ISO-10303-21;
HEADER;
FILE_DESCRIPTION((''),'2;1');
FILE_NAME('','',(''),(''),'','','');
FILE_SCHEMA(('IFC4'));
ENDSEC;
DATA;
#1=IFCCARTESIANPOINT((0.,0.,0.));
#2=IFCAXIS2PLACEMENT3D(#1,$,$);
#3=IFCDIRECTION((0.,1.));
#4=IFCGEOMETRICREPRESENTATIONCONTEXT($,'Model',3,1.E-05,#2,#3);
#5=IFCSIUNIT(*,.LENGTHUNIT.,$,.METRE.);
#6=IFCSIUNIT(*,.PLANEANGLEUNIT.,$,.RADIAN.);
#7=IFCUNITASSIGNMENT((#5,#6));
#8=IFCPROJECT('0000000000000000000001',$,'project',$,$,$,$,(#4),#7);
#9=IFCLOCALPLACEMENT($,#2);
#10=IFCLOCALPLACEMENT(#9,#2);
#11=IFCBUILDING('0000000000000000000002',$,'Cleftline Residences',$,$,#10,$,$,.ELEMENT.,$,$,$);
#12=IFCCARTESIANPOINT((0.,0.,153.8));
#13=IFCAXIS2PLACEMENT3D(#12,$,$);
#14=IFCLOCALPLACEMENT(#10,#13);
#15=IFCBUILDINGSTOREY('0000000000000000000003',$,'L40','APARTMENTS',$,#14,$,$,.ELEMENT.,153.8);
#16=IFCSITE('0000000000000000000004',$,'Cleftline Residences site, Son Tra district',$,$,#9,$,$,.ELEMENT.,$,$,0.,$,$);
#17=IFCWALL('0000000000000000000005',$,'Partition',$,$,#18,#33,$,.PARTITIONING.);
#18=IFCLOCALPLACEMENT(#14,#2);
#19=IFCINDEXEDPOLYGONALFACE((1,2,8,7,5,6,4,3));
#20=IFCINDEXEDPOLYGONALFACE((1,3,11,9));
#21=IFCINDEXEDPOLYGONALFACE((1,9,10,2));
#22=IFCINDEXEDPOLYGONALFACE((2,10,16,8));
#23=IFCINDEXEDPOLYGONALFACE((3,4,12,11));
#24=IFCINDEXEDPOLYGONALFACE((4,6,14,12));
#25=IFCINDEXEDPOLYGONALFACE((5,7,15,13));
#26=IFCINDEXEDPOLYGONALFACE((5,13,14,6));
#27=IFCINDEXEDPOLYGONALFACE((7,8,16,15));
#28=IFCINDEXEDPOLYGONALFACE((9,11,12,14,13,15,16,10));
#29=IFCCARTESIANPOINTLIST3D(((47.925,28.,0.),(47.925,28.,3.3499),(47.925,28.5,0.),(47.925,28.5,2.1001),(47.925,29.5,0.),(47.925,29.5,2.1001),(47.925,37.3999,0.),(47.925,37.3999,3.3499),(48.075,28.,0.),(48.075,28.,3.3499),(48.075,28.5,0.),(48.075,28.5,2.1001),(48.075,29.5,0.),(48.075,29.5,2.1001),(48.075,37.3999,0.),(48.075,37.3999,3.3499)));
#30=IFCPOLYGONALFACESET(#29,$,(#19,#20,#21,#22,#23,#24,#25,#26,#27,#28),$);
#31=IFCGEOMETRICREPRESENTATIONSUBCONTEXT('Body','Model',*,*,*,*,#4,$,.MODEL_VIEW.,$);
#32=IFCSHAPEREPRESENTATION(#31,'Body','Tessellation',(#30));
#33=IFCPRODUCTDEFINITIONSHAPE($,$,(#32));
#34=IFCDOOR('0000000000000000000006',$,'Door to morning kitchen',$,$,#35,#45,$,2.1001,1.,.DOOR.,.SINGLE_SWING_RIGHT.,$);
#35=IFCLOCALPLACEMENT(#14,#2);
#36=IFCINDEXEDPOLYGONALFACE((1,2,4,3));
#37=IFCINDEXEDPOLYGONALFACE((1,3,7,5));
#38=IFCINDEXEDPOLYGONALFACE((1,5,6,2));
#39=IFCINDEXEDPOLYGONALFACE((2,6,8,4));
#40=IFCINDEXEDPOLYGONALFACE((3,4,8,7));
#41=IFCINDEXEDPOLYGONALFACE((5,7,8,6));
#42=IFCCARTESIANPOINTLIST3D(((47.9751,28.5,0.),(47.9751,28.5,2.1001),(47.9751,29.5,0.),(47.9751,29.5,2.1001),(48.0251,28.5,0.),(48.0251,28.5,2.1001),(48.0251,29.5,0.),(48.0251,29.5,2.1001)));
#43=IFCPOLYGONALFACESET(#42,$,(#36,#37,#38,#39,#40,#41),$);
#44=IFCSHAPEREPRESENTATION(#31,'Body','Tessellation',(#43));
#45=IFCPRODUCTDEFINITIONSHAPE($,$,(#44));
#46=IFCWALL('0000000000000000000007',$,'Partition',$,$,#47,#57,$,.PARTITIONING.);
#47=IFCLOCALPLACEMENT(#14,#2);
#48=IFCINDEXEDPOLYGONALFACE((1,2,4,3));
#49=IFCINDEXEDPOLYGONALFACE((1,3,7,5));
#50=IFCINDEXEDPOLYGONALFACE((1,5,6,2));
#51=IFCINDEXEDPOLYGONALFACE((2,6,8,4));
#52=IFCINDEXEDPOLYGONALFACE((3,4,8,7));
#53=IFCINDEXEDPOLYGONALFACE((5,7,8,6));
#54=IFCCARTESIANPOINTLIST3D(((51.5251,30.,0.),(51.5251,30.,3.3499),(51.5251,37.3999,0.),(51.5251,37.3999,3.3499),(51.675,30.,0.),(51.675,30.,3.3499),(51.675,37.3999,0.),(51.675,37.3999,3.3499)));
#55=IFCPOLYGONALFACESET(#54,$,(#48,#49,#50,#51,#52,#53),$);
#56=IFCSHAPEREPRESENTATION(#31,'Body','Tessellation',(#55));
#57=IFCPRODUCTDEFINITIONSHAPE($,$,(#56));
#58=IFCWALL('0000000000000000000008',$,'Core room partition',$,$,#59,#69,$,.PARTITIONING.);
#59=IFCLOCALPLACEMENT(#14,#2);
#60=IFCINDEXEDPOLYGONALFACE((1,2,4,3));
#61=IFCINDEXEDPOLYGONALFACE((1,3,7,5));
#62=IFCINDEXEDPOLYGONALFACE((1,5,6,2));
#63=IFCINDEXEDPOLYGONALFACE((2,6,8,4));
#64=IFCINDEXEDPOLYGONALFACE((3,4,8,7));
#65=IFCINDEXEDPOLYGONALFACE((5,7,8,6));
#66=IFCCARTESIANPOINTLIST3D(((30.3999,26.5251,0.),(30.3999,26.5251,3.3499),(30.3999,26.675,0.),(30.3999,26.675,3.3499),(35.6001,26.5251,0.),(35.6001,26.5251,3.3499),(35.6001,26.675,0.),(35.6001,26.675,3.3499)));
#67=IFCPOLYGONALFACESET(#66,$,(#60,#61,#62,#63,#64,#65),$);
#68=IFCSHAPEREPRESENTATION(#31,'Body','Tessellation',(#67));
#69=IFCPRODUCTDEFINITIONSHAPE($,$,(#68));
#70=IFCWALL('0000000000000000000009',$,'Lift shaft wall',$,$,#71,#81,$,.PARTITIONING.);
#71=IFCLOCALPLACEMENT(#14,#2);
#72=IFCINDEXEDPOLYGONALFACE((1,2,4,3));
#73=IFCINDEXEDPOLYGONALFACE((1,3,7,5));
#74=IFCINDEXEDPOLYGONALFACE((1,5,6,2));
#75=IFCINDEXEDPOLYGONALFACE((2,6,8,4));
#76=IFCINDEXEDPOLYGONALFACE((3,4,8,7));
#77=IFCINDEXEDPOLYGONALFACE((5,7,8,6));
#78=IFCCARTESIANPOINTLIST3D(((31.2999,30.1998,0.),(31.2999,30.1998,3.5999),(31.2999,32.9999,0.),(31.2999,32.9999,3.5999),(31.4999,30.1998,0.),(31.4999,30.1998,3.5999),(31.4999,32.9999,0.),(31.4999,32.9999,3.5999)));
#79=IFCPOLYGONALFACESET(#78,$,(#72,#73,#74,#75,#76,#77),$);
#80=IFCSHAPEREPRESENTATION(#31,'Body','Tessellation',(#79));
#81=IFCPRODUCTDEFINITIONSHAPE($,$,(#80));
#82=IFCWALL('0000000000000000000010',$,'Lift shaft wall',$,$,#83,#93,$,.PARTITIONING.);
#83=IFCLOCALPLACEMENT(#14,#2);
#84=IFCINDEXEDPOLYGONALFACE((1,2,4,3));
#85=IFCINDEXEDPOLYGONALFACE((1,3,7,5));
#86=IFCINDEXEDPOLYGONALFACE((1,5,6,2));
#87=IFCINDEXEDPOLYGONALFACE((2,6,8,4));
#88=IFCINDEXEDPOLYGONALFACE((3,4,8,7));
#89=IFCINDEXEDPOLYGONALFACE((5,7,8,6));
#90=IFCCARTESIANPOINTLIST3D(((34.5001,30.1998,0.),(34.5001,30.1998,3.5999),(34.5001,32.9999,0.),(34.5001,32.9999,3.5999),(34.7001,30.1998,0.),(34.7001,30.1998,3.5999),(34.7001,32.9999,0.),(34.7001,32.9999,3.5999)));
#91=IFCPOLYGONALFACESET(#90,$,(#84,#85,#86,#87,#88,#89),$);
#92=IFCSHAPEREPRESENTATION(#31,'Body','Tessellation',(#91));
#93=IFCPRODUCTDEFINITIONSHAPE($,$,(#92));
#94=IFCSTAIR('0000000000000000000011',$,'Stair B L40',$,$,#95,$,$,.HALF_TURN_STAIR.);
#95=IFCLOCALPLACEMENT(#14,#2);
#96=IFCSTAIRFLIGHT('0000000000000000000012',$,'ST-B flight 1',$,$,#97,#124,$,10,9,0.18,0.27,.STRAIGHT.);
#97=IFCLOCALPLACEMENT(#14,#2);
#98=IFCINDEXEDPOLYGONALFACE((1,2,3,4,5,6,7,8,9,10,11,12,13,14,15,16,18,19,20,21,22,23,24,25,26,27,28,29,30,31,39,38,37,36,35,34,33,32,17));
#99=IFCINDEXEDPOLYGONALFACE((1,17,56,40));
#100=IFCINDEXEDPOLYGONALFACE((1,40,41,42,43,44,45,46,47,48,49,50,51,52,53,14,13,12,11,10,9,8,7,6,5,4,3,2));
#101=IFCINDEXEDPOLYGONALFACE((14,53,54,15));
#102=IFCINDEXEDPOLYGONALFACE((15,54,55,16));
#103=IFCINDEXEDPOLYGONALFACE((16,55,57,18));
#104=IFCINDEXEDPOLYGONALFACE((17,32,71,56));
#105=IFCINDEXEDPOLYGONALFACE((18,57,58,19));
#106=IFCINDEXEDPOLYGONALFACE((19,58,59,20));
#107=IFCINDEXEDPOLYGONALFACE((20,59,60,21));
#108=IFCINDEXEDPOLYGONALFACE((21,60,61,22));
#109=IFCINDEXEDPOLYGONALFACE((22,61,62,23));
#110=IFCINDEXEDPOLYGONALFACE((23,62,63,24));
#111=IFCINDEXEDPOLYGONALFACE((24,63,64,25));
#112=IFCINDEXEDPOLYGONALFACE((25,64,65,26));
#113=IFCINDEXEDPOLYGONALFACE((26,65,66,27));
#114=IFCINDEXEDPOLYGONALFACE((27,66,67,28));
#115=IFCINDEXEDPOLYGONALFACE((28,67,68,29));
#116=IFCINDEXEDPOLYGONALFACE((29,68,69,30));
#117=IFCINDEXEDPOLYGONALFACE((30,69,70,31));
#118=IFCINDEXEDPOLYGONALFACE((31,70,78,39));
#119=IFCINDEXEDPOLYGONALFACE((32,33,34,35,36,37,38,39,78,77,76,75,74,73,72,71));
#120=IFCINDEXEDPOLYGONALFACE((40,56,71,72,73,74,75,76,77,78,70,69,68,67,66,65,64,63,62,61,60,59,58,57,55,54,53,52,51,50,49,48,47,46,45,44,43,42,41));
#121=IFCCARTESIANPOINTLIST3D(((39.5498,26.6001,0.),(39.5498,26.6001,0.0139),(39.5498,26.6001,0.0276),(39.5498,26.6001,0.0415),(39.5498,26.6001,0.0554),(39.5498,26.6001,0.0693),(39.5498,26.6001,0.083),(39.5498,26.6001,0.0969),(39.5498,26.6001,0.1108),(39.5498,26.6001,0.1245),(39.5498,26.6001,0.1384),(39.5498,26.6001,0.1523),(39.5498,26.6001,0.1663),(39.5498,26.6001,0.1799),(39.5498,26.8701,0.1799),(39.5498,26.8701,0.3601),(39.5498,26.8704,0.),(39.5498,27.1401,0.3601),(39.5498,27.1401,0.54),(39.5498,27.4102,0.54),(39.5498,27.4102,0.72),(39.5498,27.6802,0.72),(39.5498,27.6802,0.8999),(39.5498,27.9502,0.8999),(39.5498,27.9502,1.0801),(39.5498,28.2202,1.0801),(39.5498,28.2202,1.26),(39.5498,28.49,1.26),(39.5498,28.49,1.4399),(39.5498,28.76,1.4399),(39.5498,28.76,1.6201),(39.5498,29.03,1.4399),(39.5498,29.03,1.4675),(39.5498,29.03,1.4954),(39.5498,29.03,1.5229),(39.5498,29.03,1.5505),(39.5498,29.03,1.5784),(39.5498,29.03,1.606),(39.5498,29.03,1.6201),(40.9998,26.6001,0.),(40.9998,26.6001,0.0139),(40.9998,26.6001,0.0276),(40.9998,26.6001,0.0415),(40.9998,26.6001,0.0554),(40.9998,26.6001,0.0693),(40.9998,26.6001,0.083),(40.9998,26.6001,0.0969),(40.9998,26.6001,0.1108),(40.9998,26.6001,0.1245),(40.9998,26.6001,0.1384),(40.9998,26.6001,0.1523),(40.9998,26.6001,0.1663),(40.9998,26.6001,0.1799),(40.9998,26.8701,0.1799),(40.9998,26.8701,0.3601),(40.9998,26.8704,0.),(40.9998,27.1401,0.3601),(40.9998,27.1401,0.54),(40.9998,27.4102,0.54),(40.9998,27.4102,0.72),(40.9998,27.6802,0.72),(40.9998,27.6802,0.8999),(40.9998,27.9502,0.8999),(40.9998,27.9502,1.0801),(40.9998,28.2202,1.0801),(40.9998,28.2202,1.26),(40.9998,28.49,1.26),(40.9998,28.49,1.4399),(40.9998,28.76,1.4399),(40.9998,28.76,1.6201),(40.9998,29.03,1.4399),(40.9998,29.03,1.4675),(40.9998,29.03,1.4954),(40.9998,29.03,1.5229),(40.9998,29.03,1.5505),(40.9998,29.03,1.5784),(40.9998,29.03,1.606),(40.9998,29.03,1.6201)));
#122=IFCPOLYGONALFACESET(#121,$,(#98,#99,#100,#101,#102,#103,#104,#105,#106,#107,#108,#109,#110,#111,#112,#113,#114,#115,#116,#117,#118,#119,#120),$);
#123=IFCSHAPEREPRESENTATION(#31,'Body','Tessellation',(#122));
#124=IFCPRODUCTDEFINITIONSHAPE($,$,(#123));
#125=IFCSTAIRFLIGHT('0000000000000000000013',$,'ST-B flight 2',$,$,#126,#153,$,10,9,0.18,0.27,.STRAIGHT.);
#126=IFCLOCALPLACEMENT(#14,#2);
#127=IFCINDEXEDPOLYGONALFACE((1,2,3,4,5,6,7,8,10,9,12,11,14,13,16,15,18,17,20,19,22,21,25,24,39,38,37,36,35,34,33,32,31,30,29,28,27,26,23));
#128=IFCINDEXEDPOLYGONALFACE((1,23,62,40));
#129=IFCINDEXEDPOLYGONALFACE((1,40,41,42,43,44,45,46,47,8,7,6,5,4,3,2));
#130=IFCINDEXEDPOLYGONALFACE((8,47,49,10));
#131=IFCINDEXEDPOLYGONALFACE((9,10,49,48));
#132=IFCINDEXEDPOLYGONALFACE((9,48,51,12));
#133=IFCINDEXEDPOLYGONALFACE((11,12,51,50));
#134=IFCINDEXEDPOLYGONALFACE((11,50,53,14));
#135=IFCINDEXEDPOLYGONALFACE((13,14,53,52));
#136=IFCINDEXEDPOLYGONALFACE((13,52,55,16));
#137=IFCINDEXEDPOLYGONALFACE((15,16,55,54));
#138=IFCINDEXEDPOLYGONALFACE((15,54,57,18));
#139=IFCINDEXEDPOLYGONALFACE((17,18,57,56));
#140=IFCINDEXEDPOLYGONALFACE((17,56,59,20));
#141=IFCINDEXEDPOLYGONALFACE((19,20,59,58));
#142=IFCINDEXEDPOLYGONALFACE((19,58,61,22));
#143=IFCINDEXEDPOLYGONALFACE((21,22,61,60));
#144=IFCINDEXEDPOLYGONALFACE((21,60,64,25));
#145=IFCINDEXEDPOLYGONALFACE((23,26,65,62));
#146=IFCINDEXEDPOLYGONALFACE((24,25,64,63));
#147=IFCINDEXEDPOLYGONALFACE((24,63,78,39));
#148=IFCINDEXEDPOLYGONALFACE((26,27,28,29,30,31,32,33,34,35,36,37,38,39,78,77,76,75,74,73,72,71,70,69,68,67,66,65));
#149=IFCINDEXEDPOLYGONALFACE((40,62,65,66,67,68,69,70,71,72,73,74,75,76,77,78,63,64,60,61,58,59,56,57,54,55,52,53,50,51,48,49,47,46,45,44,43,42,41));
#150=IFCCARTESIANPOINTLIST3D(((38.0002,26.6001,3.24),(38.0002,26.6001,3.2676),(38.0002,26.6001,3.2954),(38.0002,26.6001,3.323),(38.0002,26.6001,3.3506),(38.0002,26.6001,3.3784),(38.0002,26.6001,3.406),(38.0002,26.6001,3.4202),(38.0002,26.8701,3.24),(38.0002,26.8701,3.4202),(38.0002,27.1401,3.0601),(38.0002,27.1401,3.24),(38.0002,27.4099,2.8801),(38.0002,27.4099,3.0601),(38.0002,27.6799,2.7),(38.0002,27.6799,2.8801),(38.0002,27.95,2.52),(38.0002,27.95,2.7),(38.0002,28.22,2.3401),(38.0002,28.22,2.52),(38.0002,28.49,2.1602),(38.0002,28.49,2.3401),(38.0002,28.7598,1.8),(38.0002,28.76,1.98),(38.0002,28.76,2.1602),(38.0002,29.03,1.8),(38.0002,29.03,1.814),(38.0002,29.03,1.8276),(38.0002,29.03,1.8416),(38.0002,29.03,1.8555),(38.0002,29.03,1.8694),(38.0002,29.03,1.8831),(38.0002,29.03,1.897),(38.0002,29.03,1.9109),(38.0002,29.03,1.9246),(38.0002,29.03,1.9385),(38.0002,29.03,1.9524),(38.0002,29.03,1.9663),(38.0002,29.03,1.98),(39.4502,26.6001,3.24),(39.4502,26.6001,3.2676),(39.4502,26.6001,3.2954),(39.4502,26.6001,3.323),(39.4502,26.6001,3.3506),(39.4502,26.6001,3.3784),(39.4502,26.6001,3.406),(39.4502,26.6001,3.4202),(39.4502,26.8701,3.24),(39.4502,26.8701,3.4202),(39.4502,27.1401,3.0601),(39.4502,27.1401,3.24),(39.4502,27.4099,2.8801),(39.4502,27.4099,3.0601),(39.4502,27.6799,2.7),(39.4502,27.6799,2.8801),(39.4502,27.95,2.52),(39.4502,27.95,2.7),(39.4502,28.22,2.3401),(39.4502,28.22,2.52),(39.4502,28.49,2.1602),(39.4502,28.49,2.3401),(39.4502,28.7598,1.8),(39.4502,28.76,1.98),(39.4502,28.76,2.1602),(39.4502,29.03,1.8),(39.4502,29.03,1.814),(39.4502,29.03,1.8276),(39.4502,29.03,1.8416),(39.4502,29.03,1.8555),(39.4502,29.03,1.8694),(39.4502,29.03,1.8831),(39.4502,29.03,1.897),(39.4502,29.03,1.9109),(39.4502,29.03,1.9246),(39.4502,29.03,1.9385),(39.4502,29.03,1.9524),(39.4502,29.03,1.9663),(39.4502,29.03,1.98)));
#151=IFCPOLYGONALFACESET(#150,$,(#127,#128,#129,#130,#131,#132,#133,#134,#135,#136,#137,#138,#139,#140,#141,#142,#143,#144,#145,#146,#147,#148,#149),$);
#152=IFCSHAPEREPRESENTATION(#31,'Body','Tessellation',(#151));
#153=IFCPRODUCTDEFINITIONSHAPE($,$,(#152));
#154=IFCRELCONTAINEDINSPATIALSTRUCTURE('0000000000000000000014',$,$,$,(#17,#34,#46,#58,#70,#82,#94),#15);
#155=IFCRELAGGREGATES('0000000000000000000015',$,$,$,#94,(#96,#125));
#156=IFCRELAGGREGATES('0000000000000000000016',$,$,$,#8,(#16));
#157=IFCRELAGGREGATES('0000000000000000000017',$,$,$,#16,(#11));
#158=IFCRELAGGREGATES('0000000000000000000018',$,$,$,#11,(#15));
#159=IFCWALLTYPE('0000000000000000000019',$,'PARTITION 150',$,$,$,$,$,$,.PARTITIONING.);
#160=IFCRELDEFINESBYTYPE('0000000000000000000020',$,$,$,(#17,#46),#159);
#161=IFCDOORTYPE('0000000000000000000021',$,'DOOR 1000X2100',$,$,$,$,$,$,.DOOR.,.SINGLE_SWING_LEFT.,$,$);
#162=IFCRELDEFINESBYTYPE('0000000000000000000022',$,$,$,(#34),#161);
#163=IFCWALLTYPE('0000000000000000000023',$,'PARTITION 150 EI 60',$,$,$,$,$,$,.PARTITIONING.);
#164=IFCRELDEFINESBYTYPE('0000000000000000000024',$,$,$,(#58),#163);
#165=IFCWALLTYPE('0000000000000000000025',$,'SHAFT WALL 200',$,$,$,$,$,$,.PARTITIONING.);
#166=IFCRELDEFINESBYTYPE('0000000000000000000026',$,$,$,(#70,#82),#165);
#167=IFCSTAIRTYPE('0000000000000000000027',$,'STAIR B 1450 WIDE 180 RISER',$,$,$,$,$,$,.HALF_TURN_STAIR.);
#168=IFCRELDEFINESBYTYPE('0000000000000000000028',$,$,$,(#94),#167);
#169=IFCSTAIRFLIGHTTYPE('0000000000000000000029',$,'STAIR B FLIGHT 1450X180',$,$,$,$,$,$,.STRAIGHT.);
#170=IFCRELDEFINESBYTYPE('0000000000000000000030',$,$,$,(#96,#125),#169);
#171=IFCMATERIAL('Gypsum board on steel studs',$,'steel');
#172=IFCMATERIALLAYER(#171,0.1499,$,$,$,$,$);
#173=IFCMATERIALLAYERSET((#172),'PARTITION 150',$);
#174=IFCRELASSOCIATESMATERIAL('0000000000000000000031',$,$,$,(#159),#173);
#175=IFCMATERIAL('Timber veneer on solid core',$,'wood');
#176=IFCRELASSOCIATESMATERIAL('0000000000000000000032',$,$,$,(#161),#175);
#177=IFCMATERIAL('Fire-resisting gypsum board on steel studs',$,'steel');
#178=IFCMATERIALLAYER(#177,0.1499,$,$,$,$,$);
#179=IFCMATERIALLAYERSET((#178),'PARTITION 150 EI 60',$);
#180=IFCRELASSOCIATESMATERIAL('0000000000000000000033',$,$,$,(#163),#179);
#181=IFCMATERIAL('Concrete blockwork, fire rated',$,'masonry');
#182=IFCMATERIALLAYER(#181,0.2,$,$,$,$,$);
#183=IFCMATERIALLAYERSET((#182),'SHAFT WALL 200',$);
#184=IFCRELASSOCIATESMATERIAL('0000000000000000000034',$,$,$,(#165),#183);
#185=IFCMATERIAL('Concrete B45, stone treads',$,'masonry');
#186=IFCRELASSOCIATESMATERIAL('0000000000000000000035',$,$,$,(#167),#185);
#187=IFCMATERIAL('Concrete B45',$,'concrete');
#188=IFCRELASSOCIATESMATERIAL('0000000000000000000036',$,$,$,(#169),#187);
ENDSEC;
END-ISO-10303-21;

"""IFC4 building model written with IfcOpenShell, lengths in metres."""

from ifc_helpers import new_model, si_unit, direction, frame, frame_2d, origin, place, context, subcontext, project, spatial, polyline, rectangle, outline, extrude, material, layer, layer_set, type_object, element, fill, aggregate, save


model = new_model("IFC4")

# Units and contexts
model_context = context("Model", 3, precision=1e-05, world=origin(), true_north=direction((0.0, 1.0)))
body_context = subcontext(model_context, "Body", "Model", "MODEL_VIEW")
ifc_project = project(units=[si_unit("LENGTHUNIT", "METRE"), si_unit("PLANEANGLEUNIT", "RADIAN")], contexts=[model_context])

# Site, building, storey
site_placement = place(None, origin())
site = spatial("IfcSite", under=ifc_project, at=site_placement, Name="Cleftline Residences site, Son Tra district", CompositionType="ELEMENT", RefElevation=0.0)
building_placement = place(site_placement, origin())
building = spatial("IfcBuilding", under=site, at=building_placement, Name="Cleftline Residences", CompositionType="ELEMENT")
storey_placement = place(building_placement, frame((0.0, 0.0, 153.8)))
storey = spatial("IfcBuildingStorey", under=building, at=storey_placement, Name="L40", Description="APARTMENTS", CompositionType="ELEMENT", Elevation=153.8)

# Shared definitions
ifc_material_1 = material(Name="Gypsum board on steel studs", Category="steel")
ifc_layer_1 = layer(ifc_material_1, 0.1499)
ifc_layer_set_1 = layer_set([ifc_layer_1], Name="PARTITION 150")
wall_type_1 = type_object("IfcWallType", Name="PARTITION 150", PredefinedType="PARTITIONING", material=ifc_layer_set_1)
ifc_material_2 = material(Name="Timber veneer on solid core", Category="wood")
door_type_1 = type_object("IfcDoorType", Name="DOOR 1000X2100", OperationType="SINGLE_SWING_LEFT", PredefinedType="DOOR", material=ifc_material_2)

# Wall, opening, door
wall_1_placement = place(storey_placement, frame((48.0, 28.0, 0.0), z_axis=(0.0, 0.0, 1.0), x_axis=(0.0, 1.0, 0.0)))
wall_1 = element("IfcWall", 1, at=wall_1_placement, inside=storey, type_object=wall_type_1, Name="Partition", PredefinedType="PARTITIONING", context=body_context, shape_type="SweptSolid", body=[
    extrude(rectangle(XDim=9.3999, YDim=0.1499, at=frame_2d((4.7, 0.0))), origin(), (0.0, 0.0, 1.0), 3.3499),
])
opening_1_placement = place(wall_1_placement, frame((0.5, 0.0, 0.0)))
opening_1 = element("IfcOpeningElement", 2, at=opening_1_placement, cuts=wall_1, PredefinedType="OPENING", context=body_context, shape_type="SweptSolid", body=[
    extrude(rectangle(XDim=1.0, YDim=2.1001, at=frame_2d((0.5, 1.05))), frame((0.0, 0.085, 0.0), z_axis=(0.0, -1.0, 0.0), x_axis=(1.0, 0.0, 0.0)), (0.0, 0.0, 1.0), 0.1699),
])
door_1_placement = place(opening_1_placement, origin())
door_1 = element("IfcDoor", 3, at=door_1_placement, inside=storey, type_object=door_type_1, Name="Door to morning kitchen", OperationType="SINGLE_SWING_RIGHT", OverallHeight=2.1001, OverallWidth=1.0, PredefinedType="DOOR", context=body_context, shape_type="SweptSolid", body=[
    extrude(rectangle(XDim=1.0, YDim=2.1001, at=frame_2d((0.5, 1.05))), frame((0.0, 0.0249, 0.0), z_axis=(0.0, -1.0, 0.0), x_axis=(1.0, 0.0, 0.0)), (0.0, 0.0, 1.0), 0.05),
])
fill(opening_1, door_1)

# Walls
wall_2_placement = place(storey_placement, frame((51.6001, 30.0, 0.0), z_axis=(0.0, 0.0, 1.0), x_axis=(0.0, 1.0, 0.0)))
element("IfcWall", 4, at=wall_2_placement, inside=storey, type_object=wall_type_1, Name="Partition", PredefinedType="PARTITIONING", context=body_context, shape_type="SweptSolid", body=[
    extrude(rectangle(XDim=7.3999, YDim=0.1499, at=frame_2d((3.7, 0.0))), origin(), (0.0, 0.0, 1.0), 3.3499),
])
ifc_material_3 = material(Name="Fire-resisting gypsum board on steel studs", Category="steel")
ifc_layer_2 = layer(ifc_material_3, 0.1499)
ifc_layer_set_2 = layer_set([ifc_layer_2], Name="PARTITION 150 EI 60")
wall_type_2 = type_object("IfcWallType", Name="PARTITION 150 EI 60", PredefinedType="PARTITIONING", material=ifc_layer_set_2)
wall_3_placement = place(storey_placement, frame((30.3999, 26.6001, 0.0), z_axis=(0.0, 0.0, 1.0), x_axis=(1.0, 0.0, 0.0)))
element("IfcWall", 5, at=wall_3_placement, inside=storey, type_object=wall_type_2, Name="Core room partition", PredefinedType="PARTITIONING", context=body_context, shape_type="SweptSolid", body=[
    extrude(rectangle(XDim=5.2002, YDim=0.1499, at=frame_2d((2.6001, 0.0))), origin(), (0.0, 0.0, 1.0), 3.3499),
])
ifc_material_4 = material(Name="Concrete blockwork, fire rated", Category="masonry")
ifc_layer_3 = layer(ifc_material_4, 0.2)
ifc_layer_set_3 = layer_set([ifc_layer_3], Name="SHAFT WALL 200")
wall_type_3 = type_object("IfcWallType", Name="SHAFT WALL 200", PredefinedType="PARTITIONING", material=ifc_layer_set_3)
for number, where, z_axis, x_axis, name in (
    (6, (31.3999, 30.2, 0.0), (0.0, 0.0, 1.0), (0.0, 1.0, 0.0), "Lift shaft wall"),
    (7, (34.6001, 30.2, 0.0), (0.0, 0.0, 1.0), (0.0, 1.0, 0.0), "Lift shaft wall"),
):
    element("IfcWall", number, at=place(storey_placement, frame(where, z_axis=z_axis, x_axis=x_axis)), inside=storey, type_object=wall_type_3, Name=name, PredefinedType="PARTITIONING", context=body_context, shape_type="SweptSolid", body=[
        extrude(rectangle(XDim=2.8, YDim=0.2, at=frame_2d((1.3999, 0.0))), origin(), (0.0, 0.0, 1.0), 3.5999),
    ])

# Stair, stair flights
ifc_material_5 = material(Name="Concrete B45, stone treads", Category="masonry")
stair_type = type_object("IfcStairType", Name="STAIR B 1450 WIDE 180 RISER", PredefinedType="HALF_TURN_STAIR", material=ifc_material_5)
stair_placement = place(storey_placement, origin())
stair = element("IfcStair", 8, at=stair_placement, inside=storey, type_object=stair_type, Name="Stair B L40", PredefinedType="HALF_TURN_STAIR")
ifc_material_6 = material(Name="Concrete B45", Category="concrete")
stair_flight_type = type_object("IfcStairFlightType", Name="STAIR B FLIGHT 1450X180", PredefinedType="STRAIGHT", material=ifc_material_6)
stair_flight_1_placement = place(storey_placement, frame((40.2749, 26.6001, 0.0), z_axis=(0.0, 0.0, 1.0), x_axis=(0.0, 1.0, 0.0)))
stair_flight_1 = element("IfcStairFlight", 9, at=stair_flight_1_placement, type_object=stair_flight_type, Name="ST-B flight 1", NumberOfRisers=10, NumberOfTreads=9, PredefinedType="STRAIGHT", RiserHeight=0.18, TreadLength=0.27, context=body_context, shape_type="SweptSolid", body=[
    extrude(outline(polyline([(0.0, 0.0), (0.0, 0.0139), (0.0, 0.0276), (0.0, 0.0415), (0.0, 0.0554), (0.0, 0.0693), (0.0, 0.083), (0.0, 0.0969), (0.0, 0.1108), (0.0, 0.1245), (0.0, 0.1384), (0.0, 0.1523), (0.0, 0.1663), (0.0, 0.1799), (0.27, 0.1799), (0.27, 0.3601), (0.54, 0.3601), (0.54, 0.54), (0.8101, 0.54), (0.8101, 0.72), (1.0801, 0.72), (1.0801, 0.8999), (1.3501, 0.8999), (1.3501, 1.0801), (1.6201, 1.0801), (1.6201, 1.26), (1.8899, 1.26), (1.8899, 1.4399), (2.1599, 1.4399), (2.1599, 1.6201), (2.4299, 1.6201), (2.4299, 1.8), (2.4299, 1.7722), (2.4299, 1.7446), (2.4299, 1.7168), (2.4299, 1.6892), (2.4299, 1.6614), (2.4299, 1.6338), (2.4299, 1.606), (2.4299, 1.5784), (2.4299, 1.5505), (2.4299, 1.5229), (2.4299, 1.4954), (2.4299, 1.4675), (2.4299, 1.4399), (0.2703, 0.0), (0.0, 0.0)])), frame((0.0, 0.7251, 0.0), z_axis=(0.0, -1.0, 0.0), x_axis=(1.0, 0.0, 0.0)), (0.0, 0.0, 1.0), 1.45),
])
stair_flight_2_placement = place(storey_placement, frame((38.7251, 29.03, 1.8), z_axis=(0.0, 0.0, 1.0), x_axis=(0.0, -1.0, 0.0)))
stair_flight_2 = element("IfcStairFlight", 10, at=stair_flight_2_placement, type_object=stair_flight_type, Name="ST-B flight 2", NumberOfRisers=10, NumberOfTreads=9, PredefinedType="STRAIGHT", RiserHeight=0.18, TreadLength=0.27, context=body_context, shape_type="SweptSolid", body=[
    extrude(outline(polyline([(0.0, 0.0), (0.0, 0.0139), (0.0, 0.0276), (0.0, 0.0415), (0.0, 0.0554), (0.0, 0.0693), (0.0, 0.083), (0.0, 0.0969), (0.0, 0.1108), (0.0, 0.1245), (0.0, 0.1384), (0.0, 0.1523), (0.0, 0.1663), (0.0, 0.1799), (0.27, 0.1799), (0.27, 0.3601), (0.54, 0.3601), (0.54, 0.54), (0.8101, 0.54), (0.8101, 0.72), (1.0801, 0.72), (1.0801, 0.8999), (1.3501, 0.8999), (1.3501, 1.0801), (1.6201, 1.0801), (1.6201, 1.26), (1.8899, 1.26), (1.8899, 1.4399), (2.1599, 1.4399), (2.1599, 1.6201), (2.4299, 1.6201), (2.4299, 1.8), (2.4299, 1.7722), (2.4299, 1.7446), (2.4299, 1.7168), (2.4299, 1.6892), (2.4299, 1.6614), (2.4299, 1.6338), (2.4299, 1.606), (2.4299, 1.5784), (2.4299, 1.5505), (2.4299, 1.5229), (2.4299, 1.4954), (2.4299, 1.4675), (2.4299, 1.4399), (0.2703, 0.0), (0.0, 0.0)])), frame((0.0, 0.7251, 0.0), z_axis=(0.0, -1.0, 0.0), x_axis=(1.0, 0.0, 0.0)), (0.0, 0.0, 1.0), 1.45),
])
aggregate(stair, [stair_flight_1, stair_flight_2])

save(model, "model.ifc")
